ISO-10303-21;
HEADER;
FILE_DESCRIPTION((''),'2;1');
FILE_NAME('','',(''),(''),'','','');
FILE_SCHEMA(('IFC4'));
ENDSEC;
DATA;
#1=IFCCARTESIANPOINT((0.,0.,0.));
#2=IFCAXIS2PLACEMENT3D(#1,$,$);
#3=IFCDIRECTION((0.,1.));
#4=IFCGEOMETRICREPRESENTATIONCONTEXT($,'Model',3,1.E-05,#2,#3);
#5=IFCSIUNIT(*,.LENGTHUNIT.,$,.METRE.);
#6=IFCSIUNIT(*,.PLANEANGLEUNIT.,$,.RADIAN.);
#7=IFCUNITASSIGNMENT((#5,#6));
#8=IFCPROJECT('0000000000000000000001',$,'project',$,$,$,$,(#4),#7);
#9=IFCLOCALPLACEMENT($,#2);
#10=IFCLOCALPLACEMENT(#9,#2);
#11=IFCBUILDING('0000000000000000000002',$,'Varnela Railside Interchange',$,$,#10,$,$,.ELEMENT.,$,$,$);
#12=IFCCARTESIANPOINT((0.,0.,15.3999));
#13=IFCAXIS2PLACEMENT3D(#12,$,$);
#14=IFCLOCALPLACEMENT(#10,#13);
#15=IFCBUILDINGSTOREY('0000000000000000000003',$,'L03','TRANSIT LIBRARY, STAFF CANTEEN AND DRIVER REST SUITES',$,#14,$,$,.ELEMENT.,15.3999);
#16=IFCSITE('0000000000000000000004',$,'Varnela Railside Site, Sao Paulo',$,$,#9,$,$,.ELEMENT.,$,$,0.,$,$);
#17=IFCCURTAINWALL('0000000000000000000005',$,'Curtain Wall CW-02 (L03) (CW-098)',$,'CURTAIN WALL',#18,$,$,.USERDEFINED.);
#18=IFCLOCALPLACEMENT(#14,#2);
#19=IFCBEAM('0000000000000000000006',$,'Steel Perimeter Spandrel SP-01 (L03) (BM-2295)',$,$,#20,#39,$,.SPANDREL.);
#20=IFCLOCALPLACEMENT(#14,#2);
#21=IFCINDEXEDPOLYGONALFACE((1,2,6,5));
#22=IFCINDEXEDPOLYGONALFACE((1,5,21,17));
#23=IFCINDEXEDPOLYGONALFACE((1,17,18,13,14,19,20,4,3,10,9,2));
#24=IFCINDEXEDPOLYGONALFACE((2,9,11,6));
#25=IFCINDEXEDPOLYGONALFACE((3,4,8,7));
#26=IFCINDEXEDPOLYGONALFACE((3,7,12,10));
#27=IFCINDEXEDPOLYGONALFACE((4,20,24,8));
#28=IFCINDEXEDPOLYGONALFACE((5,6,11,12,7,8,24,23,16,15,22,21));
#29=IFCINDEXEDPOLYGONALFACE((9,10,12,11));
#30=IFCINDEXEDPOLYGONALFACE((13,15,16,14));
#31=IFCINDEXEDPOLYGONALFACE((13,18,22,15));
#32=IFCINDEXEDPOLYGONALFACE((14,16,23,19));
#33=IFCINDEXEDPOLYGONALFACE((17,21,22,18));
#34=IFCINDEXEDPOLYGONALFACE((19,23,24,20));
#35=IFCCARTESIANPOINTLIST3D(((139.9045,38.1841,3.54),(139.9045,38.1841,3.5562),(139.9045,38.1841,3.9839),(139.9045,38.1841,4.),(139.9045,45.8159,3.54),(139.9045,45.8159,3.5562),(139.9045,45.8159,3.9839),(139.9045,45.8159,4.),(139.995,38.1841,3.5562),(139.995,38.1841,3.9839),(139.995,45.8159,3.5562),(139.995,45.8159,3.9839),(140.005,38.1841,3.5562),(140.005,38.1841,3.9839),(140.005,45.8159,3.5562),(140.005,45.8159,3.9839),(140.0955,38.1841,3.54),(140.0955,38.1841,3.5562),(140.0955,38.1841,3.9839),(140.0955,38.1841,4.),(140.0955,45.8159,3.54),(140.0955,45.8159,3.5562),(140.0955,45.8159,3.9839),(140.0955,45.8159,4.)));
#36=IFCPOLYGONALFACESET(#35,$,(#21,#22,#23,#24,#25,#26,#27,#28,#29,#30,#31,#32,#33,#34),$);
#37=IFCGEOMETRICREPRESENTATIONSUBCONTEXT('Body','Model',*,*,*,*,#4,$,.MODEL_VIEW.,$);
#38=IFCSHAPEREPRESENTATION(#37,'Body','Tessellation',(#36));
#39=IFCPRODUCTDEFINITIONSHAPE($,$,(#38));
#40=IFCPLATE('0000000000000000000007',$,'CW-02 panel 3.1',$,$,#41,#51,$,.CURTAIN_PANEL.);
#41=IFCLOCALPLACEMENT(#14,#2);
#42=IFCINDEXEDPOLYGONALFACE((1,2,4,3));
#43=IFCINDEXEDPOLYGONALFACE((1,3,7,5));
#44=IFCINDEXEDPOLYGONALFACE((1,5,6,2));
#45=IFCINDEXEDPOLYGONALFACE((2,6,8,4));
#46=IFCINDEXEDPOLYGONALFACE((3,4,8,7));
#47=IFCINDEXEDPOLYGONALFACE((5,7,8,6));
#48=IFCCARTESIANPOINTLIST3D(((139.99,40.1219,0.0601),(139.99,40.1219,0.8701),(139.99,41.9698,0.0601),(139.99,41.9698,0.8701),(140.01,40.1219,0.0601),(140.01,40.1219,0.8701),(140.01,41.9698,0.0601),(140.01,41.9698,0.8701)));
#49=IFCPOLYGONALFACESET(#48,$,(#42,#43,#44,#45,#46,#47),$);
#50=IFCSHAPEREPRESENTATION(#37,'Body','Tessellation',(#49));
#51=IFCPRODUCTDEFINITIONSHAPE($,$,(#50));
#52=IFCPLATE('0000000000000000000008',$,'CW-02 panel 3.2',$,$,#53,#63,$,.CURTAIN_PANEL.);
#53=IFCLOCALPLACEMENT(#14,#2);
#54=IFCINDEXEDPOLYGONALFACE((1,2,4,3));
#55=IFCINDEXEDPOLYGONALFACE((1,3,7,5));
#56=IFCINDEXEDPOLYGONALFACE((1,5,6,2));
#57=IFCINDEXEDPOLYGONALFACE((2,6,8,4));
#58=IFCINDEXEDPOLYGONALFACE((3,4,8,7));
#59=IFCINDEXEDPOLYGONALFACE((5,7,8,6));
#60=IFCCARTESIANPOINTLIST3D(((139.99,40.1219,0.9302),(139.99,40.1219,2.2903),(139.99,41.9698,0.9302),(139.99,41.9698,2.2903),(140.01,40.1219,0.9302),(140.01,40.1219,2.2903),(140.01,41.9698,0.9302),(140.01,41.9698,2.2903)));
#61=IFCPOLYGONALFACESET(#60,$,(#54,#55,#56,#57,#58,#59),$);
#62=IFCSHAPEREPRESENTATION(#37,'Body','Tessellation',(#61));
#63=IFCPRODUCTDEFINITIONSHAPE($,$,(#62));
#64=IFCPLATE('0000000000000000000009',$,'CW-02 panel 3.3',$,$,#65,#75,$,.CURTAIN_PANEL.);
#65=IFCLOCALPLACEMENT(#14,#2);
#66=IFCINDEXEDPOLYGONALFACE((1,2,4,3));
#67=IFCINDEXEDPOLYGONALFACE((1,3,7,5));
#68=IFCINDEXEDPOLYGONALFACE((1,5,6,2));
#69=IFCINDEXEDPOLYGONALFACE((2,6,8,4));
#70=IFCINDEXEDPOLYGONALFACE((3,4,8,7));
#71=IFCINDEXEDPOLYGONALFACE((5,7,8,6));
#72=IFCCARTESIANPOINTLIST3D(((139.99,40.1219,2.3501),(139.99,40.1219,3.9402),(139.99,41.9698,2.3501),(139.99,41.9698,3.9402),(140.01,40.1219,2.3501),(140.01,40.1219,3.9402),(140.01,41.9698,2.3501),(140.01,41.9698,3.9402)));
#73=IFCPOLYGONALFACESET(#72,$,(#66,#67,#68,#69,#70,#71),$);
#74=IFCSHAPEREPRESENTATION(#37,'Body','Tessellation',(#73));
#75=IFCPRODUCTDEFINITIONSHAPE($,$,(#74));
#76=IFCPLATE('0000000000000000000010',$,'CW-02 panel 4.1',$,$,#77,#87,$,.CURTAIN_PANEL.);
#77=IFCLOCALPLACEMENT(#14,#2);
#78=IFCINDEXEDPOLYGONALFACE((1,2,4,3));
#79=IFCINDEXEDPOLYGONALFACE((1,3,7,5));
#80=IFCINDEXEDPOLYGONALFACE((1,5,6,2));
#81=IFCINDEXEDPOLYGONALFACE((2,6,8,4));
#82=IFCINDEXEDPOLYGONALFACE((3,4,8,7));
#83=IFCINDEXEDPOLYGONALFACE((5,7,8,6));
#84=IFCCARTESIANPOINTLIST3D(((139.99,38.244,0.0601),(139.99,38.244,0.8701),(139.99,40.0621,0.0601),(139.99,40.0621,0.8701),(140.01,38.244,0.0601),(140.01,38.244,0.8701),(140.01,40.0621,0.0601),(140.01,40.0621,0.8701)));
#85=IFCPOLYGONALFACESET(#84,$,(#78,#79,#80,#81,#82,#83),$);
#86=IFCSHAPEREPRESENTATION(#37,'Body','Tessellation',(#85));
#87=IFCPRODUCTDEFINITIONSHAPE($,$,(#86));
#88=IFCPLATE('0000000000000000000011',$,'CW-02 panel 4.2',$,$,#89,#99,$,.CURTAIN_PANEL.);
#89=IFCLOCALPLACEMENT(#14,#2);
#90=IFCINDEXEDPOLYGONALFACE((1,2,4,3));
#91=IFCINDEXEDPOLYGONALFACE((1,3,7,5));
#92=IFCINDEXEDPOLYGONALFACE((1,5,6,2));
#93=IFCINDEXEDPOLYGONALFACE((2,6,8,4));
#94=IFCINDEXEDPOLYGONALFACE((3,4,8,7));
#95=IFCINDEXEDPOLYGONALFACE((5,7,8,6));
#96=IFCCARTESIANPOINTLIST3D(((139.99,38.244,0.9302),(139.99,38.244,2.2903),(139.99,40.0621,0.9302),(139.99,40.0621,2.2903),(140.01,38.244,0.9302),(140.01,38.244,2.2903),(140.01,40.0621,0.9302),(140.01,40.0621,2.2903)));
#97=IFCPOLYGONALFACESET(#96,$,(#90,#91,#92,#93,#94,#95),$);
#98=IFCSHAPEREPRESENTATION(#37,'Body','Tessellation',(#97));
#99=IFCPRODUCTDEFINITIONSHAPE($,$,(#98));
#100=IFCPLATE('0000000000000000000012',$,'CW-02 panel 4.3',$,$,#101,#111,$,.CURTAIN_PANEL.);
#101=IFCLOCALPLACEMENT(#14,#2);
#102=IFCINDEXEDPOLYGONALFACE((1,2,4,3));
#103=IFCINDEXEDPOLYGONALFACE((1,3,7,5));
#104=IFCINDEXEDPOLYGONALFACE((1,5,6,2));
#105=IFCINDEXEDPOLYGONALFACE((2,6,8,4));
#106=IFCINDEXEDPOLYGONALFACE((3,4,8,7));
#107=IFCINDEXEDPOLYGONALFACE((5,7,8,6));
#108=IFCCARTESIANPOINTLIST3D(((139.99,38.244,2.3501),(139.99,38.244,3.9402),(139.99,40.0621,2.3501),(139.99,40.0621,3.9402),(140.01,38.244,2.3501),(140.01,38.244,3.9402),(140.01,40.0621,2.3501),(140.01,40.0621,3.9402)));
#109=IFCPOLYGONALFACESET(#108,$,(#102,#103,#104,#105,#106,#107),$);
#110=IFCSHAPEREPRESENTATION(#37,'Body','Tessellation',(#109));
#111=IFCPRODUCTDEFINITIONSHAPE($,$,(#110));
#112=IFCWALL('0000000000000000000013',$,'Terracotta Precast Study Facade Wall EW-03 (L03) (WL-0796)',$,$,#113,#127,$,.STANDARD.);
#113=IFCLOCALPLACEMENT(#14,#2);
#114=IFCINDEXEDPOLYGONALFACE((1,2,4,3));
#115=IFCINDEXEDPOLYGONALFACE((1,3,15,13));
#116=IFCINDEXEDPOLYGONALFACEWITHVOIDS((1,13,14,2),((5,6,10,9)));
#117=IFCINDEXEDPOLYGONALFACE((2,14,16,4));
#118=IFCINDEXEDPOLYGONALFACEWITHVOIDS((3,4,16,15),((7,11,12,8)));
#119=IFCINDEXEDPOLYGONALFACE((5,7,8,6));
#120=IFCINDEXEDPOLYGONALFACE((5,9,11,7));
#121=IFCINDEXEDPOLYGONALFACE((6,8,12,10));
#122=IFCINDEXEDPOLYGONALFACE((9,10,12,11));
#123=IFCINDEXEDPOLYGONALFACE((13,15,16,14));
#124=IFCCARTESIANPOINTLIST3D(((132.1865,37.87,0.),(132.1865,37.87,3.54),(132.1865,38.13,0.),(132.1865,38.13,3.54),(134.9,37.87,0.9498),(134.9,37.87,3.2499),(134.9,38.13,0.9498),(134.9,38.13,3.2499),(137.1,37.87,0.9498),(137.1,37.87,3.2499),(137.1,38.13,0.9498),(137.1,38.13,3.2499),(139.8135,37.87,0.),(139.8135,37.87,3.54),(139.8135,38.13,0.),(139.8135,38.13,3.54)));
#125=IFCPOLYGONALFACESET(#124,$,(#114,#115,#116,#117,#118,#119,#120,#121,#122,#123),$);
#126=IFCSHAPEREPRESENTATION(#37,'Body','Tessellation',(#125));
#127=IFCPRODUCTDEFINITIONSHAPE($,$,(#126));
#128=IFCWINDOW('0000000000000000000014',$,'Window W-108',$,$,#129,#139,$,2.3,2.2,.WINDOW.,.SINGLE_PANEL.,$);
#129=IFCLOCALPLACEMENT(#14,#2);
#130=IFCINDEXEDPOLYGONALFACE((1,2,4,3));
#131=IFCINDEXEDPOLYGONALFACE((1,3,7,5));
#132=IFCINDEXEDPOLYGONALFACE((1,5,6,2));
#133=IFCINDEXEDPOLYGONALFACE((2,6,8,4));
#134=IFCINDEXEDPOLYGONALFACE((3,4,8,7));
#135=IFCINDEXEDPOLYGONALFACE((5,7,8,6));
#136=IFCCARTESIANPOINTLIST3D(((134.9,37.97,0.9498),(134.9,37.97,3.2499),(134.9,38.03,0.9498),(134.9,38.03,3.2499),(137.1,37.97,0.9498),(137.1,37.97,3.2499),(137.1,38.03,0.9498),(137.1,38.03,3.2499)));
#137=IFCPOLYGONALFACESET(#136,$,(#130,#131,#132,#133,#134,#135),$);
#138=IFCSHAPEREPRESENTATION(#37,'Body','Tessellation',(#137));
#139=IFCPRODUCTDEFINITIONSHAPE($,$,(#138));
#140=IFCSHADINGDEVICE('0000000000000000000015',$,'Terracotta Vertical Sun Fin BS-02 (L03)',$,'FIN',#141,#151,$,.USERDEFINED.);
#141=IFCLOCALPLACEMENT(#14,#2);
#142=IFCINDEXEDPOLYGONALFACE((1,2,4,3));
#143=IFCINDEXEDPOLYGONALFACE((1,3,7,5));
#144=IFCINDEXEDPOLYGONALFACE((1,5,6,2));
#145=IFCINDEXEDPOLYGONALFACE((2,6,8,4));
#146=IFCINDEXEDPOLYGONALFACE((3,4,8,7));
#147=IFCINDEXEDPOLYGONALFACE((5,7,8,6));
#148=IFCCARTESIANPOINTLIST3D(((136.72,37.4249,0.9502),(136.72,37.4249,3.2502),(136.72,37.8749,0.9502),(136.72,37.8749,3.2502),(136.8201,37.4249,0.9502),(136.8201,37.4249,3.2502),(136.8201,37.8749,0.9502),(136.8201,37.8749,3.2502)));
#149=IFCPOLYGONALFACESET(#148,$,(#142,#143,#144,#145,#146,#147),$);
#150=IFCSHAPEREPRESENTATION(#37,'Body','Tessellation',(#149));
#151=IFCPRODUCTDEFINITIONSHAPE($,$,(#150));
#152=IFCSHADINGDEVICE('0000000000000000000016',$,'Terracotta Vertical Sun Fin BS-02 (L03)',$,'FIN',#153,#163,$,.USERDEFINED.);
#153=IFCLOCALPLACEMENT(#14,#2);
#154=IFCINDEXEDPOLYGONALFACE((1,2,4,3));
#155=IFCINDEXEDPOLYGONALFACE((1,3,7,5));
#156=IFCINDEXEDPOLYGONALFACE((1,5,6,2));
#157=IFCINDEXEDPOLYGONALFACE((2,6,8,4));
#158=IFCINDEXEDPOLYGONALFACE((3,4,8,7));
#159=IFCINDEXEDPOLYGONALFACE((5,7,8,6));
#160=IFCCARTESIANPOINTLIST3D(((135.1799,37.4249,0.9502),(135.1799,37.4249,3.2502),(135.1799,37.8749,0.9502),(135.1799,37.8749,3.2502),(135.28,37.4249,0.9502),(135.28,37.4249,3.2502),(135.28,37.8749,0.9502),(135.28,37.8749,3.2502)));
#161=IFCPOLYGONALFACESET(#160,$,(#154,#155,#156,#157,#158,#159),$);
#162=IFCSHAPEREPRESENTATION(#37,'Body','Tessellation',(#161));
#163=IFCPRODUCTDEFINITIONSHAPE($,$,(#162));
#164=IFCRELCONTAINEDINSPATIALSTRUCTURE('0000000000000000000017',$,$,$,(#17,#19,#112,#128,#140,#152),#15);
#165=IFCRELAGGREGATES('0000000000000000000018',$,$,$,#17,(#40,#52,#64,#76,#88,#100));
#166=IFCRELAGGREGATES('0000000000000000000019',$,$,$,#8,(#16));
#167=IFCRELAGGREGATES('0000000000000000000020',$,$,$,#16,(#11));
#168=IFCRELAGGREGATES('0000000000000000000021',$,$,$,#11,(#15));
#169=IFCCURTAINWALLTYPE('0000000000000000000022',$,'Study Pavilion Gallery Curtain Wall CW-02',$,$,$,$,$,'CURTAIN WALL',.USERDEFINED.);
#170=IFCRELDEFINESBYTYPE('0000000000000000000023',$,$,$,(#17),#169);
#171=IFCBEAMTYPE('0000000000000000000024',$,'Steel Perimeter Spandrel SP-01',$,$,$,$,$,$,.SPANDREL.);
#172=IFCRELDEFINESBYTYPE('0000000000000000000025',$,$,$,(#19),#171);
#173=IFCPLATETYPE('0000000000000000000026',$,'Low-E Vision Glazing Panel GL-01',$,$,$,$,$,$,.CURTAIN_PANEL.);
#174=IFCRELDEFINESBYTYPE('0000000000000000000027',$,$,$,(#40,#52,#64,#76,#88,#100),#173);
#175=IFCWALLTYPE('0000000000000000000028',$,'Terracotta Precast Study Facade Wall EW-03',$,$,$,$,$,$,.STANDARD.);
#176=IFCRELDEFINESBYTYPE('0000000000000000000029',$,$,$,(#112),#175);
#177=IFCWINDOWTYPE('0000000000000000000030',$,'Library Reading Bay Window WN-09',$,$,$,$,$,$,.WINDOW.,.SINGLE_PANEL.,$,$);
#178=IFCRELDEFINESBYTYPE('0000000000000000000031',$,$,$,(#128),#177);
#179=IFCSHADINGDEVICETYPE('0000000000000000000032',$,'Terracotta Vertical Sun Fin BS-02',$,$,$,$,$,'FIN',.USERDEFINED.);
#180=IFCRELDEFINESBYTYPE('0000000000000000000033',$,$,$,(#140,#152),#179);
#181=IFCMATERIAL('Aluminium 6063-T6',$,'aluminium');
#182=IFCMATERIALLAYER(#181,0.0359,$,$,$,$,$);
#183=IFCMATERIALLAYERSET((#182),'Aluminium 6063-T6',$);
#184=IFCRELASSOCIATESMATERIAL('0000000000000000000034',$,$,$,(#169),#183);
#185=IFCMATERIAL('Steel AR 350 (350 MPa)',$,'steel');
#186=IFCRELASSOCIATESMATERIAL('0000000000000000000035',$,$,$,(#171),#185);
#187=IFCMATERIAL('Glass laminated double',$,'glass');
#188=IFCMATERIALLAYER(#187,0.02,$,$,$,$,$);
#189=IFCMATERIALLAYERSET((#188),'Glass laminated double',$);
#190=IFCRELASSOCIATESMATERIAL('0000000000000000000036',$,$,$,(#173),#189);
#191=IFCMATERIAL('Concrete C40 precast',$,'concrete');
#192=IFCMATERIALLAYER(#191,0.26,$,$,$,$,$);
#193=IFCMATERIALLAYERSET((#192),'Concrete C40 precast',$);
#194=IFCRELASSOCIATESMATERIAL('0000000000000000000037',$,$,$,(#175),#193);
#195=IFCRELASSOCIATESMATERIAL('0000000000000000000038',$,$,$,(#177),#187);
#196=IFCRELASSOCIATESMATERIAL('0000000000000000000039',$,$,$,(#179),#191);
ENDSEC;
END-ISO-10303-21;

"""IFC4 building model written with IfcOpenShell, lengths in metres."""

from ifc_helpers import new_model, si_unit, direction, frame, frame_2d, origin, origin_2d, place, context, subcontext, project, spatial, rectangle, i_section, extrude, material, layer, layer_set, material_profile, profile_set, type_object, element, fill, aggregate, save


model = new_model("IFC4")

# Units and contexts
model_context = context("Model", 3, precision=1e-05, world=origin(), true_north=direction((0.0, 1.0)))
body_context = subcontext(model_context, "Body", "Model", "MODEL_VIEW")
ifc_project = project(units=[si_unit("LENGTHUNIT", "METRE"), si_unit("PLANEANGLEUNIT", "RADIAN")], contexts=[model_context])

# Site, building, storey
site_placement = place(None, origin())
site = spatial("IfcSite", under=ifc_project, at=site_placement, Name="Varnela Railside Site, Sao Paulo", CompositionType="ELEMENT", RefElevation=0.0)
building_placement = place(site_placement, origin())
building = spatial("IfcBuilding", under=site, at=building_placement, Name="Varnela Railside Interchange", CompositionType="ELEMENT")
storey_placement = place(building_placement, frame((0.0, 0.0, 15.3999)))
storey = spatial("IfcBuildingStorey", under=building, at=storey_placement, Name="L03", Description="TRANSIT LIBRARY, STAFF CANTEEN AND DRIVER REST SUITES", CompositionType="ELEMENT", Elevation=15.3999)

# Shared definitions
ifc_material_1 = material(Name="Steel AR 350 (350 MPa)", Category="steel")

# Curtain wall
ifc_material_2 = material(Name="Aluminium 6063-T6", Category="aluminium")
ifc_layer_1 = layer(ifc_material_2, 0.0359)
ifc_layer_set_1 = layer_set([ifc_layer_1], Name="Aluminium 6063-T6")
curtain_wall_type = type_object("IfcCurtainWallType", Name="Study Pavilion Gallery Curtain Wall CW-02", ElementType="CURTAIN WALL", PredefinedType="USERDEFINED", material=ifc_layer_set_1)
curtain_wall_placement = place(storey_placement, origin())
curtain_wall = element("IfcCurtainWall", 1, at=curtain_wall_placement, inside=storey, type_object=curtain_wall_type, Name="Curtain Wall CW-02 (L03) (CW-098)", ObjectType="CURTAIN WALL", PredefinedType="USERDEFINED")

# Beam
ifc_material_profile_1 = material_profile(ifc_material_1, i_section(OverallWidth=0.1909, OverallDepth=0.46, WebThickness=0.01, FlangeThickness=0.0161, at=origin_2d()), Name="W460x82")
ifc_profile_set_1 = profile_set([ifc_material_profile_1], Name="Steel AR 350 (350 MPa)")
beam_type_1 = type_object("IfcBeamType", Name="Steel Perimeter Spandrel SP-01", PredefinedType="SPANDREL", material=ifc_profile_set_1)
beam_1_placement = place(storey_placement, frame((140.0, 38.1841, 3.77), z_axis=(0.0, 1.0, 0.0), x_axis=(-1.0, 0.0, 0.0)))
element("IfcBeam", 2, at=beam_1_placement, inside=storey, type_object=beam_type_1, Name="Steel Perimeter Spandrel SP-01 (L03) (BM-2295)", PredefinedType="SPANDREL", context=body_context, shape_type="SweptSolid", body=[
    extrude(i_section(OverallWidth=0.1909, OverallDepth=0.46, WebThickness=0.01, FlangeThickness=0.0161, at=origin_2d()), origin(), (0.0, 0.0, 1.0), 7.6318),
])

# Plates
ifc_material_3 = material(Name="Glass laminated double", Category="glass")
ifc_layer_2 = layer(ifc_material_3, 0.02)
ifc_layer_set_2 = layer_set([ifc_layer_2], Name="Glass laminated double")
plate_type = type_object("IfcPlateType", Name="Low-E Vision Glazing Panel GL-01", PredefinedType="CURTAIN_PANEL", material=ifc_layer_set_2)
plate_1_placement = place(storey_placement, frame((140.0, 41.0459, 0.0601), z_axis=(0.0, 0.0, 1.0), x_axis=(0.0, -1.0, 0.0)))
plate_1 = element("IfcPlate", 3, at=plate_1_placement, type_object=plate_type, Name="CW-02 panel 3.1", PredefinedType="CURTAIN_PANEL", context=body_context, shape_type="SweptSolid", body=[
    extrude(rectangle(XDim=1.8479, YDim=0.02, at=origin_2d()), origin(), (0.0, 0.0, 1.0), 0.8101),
])
plate_2_placement = place(storey_placement, frame((140.0, 41.0459, 0.9302), z_axis=(0.0, 0.0, 1.0), x_axis=(0.0, -1.0, 0.0)))
plate_2 = element("IfcPlate", 4, at=plate_2_placement, type_object=plate_type, Name="CW-02 panel 3.2", PredefinedType="CURTAIN_PANEL", context=body_context, shape_type="SweptSolid", body=[
    extrude(rectangle(XDim=1.8479, YDim=0.02, at=origin_2d()), origin(), (0.0, 0.0, 1.0), 1.3601),
])
plate_3_placement = place(storey_placement, frame((140.0, 41.0459, 2.3501), z_axis=(0.0, 0.0, 1.0), x_axis=(0.0, -1.0, 0.0)))
plate_3 = element("IfcPlate", 5, at=plate_3_placement, type_object=plate_type, Name="CW-02 panel 3.3", PredefinedType="CURTAIN_PANEL", context=body_context, shape_type="SweptSolid", body=[
    extrude(rectangle(XDim=1.8479, YDim=0.02, at=origin_2d()), origin(), (0.0, 0.0, 1.0), 1.5901),
])
plate_4_placement = place(storey_placement, frame((140.0, 39.1531, 0.0601), z_axis=(0.0, 0.0, 1.0), x_axis=(0.0, -1.0, 0.0)))
plate_4 = element("IfcPlate", 6, at=plate_4_placement, type_object=plate_type, Name="CW-02 panel 4.1", PredefinedType="CURTAIN_PANEL", context=body_context, shape_type="SweptSolid", body=[
    extrude(rectangle(XDim=1.8181, YDim=0.02, at=origin_2d()), origin(), (0.0, 0.0, 1.0), 0.8101),
])
plate_5_placement = place(storey_placement, frame((140.0, 39.1531, 0.9302), z_axis=(0.0, 0.0, 1.0), x_axis=(0.0, -1.0, 0.0)))
plate_5 = element("IfcPlate", 7, at=plate_5_placement, type_object=plate_type, Name="CW-02 panel 4.2", PredefinedType="CURTAIN_PANEL", context=body_context, shape_type="SweptSolid", body=[
    extrude(rectangle(XDim=1.8181, YDim=0.02, at=origin_2d()), origin(), (0.0, 0.0, 1.0), 1.3601),
])
plate_6_placement = place(storey_placement, frame((140.0, 39.1531, 2.3501), z_axis=(0.0, 0.0, 1.0), x_axis=(0.0, -1.0, 0.0)))
plate_6 = element("IfcPlate", 8, at=plate_6_placement, type_object=plate_type, Name="CW-02 panel 4.3", PredefinedType="CURTAIN_PANEL", context=body_context, shape_type="SweptSolid", body=[
    extrude(rectangle(XDim=1.8181, YDim=0.02, at=origin_2d()), origin(), (0.0, 0.0, 1.0), 1.5901),
])
aggregate(curtain_wall, [plate_1, plate_2, plate_3, plate_4, plate_5, plate_6])

# Wall, opening, window
ifc_material_4 = material(Name="Concrete C40 precast", Category="concrete")
ifc_layer_3 = layer(ifc_material_4, 0.26)
ifc_layer_set_3 = layer_set([ifc_layer_3], Name="Concrete C40 precast")
wall_type = type_object("IfcWallType", Name="Terracotta Precast Study Facade Wall EW-03", PredefinedType="STANDARD", material=ifc_layer_set_3)
wall_placement = place(storey_placement, frame((139.8135, 38.0, 0.0), z_axis=(0.0, 0.0, 1.0), x_axis=(-1.0, 0.0, 0.0)))
wall = element("IfcWall", 9, at=wall_placement, inside=storey, type_object=wall_type, Name="Terracotta Precast Study Facade Wall EW-03 (L03) (WL-0796)", PredefinedType="STANDARD", context=body_context, shape_type="SweptSolid", body=[
    extrude(rectangle(XDim=7.627, YDim=0.26, at=frame_2d((3.8135, 0.0))), origin(), (0.0, 0.0, 1.0), 3.54),
])
opening_placement = place(wall_placement, frame((2.7134, 0.0, 0.95)))
opening = element("IfcOpeningElement", 10, at=opening_placement, cuts=wall, PredefinedType="OPENING", context=body_context, shape_type="SweptSolid", body=[
    extrude(rectangle(XDim=2.2, YDim=2.3, at=frame_2d((1.1001, 1.1499))), frame((0.0, 0.1399, 0.0), z_axis=(0.0, -1.0, 0.0), x_axis=(1.0, 0.0, 0.0)), (0.0, 0.0, 1.0), 0.28),
])
window_type = type_object("IfcWindowType", Name="Library Reading Bay Window WN-09", PartitioningType="SINGLE_PANEL", PredefinedType="WINDOW", material=ifc_material_3)
window_placement = place(opening_placement, origin())
window = element("IfcWindow", 11, at=window_placement, inside=storey, type_object=window_type, Name="Window W-108", OverallHeight=2.3, OverallWidth=2.2, PartitioningType="SINGLE_PANEL", PredefinedType="WINDOW", context=body_context, shape_type="SweptSolid", body=[
    extrude(rectangle(XDim=2.2, YDim=2.3, at=frame_2d((1.1001, 1.1499))), frame((0.0, 0.03, 0.0), z_axis=(0.0, -1.0, 0.0), x_axis=(1.0, 0.0, 0.0)), (0.0, 0.0, 1.0), 0.0601),
])
fill(opening, window)

# Shading devices
shading_device_type = type_object("IfcShadingDeviceType", Name="Terracotta Vertical Sun Fin BS-02", ElementType="FIN", PredefinedType="USERDEFINED", material=ifc_material_4)
for number, where, z_axis, x_axis, name in (
    (12, (136.77, 37.6499, 0.9502), (0.0, 0.0, 1.0), (0.0, -1.0, 0.0), "Terracotta Vertical Sun Fin BS-02 (L03)"),
    (13, (135.23, 37.6499, 0.9502), (0.0, 0.0, 1.0), (0.0, -1.0, 0.0), "Terracotta Vertical Sun Fin BS-02 (L03)"),
):
    element("IfcShadingDevice", number, at=place(storey_placement, frame(where, z_axis=z_axis, x_axis=x_axis)), inside=storey, type_object=shading_device_type, Name=name, ObjectType="FIN", PredefinedType="USERDEFINED", context=body_context, shape_type="SweptSolid", body=[
        extrude(rectangle(XDim=0.45, YDim=0.1001, at=origin_2d()), origin(), (0.0, 0.0, 1.0), 2.3),
    ])

save(model, "model.ifc")
